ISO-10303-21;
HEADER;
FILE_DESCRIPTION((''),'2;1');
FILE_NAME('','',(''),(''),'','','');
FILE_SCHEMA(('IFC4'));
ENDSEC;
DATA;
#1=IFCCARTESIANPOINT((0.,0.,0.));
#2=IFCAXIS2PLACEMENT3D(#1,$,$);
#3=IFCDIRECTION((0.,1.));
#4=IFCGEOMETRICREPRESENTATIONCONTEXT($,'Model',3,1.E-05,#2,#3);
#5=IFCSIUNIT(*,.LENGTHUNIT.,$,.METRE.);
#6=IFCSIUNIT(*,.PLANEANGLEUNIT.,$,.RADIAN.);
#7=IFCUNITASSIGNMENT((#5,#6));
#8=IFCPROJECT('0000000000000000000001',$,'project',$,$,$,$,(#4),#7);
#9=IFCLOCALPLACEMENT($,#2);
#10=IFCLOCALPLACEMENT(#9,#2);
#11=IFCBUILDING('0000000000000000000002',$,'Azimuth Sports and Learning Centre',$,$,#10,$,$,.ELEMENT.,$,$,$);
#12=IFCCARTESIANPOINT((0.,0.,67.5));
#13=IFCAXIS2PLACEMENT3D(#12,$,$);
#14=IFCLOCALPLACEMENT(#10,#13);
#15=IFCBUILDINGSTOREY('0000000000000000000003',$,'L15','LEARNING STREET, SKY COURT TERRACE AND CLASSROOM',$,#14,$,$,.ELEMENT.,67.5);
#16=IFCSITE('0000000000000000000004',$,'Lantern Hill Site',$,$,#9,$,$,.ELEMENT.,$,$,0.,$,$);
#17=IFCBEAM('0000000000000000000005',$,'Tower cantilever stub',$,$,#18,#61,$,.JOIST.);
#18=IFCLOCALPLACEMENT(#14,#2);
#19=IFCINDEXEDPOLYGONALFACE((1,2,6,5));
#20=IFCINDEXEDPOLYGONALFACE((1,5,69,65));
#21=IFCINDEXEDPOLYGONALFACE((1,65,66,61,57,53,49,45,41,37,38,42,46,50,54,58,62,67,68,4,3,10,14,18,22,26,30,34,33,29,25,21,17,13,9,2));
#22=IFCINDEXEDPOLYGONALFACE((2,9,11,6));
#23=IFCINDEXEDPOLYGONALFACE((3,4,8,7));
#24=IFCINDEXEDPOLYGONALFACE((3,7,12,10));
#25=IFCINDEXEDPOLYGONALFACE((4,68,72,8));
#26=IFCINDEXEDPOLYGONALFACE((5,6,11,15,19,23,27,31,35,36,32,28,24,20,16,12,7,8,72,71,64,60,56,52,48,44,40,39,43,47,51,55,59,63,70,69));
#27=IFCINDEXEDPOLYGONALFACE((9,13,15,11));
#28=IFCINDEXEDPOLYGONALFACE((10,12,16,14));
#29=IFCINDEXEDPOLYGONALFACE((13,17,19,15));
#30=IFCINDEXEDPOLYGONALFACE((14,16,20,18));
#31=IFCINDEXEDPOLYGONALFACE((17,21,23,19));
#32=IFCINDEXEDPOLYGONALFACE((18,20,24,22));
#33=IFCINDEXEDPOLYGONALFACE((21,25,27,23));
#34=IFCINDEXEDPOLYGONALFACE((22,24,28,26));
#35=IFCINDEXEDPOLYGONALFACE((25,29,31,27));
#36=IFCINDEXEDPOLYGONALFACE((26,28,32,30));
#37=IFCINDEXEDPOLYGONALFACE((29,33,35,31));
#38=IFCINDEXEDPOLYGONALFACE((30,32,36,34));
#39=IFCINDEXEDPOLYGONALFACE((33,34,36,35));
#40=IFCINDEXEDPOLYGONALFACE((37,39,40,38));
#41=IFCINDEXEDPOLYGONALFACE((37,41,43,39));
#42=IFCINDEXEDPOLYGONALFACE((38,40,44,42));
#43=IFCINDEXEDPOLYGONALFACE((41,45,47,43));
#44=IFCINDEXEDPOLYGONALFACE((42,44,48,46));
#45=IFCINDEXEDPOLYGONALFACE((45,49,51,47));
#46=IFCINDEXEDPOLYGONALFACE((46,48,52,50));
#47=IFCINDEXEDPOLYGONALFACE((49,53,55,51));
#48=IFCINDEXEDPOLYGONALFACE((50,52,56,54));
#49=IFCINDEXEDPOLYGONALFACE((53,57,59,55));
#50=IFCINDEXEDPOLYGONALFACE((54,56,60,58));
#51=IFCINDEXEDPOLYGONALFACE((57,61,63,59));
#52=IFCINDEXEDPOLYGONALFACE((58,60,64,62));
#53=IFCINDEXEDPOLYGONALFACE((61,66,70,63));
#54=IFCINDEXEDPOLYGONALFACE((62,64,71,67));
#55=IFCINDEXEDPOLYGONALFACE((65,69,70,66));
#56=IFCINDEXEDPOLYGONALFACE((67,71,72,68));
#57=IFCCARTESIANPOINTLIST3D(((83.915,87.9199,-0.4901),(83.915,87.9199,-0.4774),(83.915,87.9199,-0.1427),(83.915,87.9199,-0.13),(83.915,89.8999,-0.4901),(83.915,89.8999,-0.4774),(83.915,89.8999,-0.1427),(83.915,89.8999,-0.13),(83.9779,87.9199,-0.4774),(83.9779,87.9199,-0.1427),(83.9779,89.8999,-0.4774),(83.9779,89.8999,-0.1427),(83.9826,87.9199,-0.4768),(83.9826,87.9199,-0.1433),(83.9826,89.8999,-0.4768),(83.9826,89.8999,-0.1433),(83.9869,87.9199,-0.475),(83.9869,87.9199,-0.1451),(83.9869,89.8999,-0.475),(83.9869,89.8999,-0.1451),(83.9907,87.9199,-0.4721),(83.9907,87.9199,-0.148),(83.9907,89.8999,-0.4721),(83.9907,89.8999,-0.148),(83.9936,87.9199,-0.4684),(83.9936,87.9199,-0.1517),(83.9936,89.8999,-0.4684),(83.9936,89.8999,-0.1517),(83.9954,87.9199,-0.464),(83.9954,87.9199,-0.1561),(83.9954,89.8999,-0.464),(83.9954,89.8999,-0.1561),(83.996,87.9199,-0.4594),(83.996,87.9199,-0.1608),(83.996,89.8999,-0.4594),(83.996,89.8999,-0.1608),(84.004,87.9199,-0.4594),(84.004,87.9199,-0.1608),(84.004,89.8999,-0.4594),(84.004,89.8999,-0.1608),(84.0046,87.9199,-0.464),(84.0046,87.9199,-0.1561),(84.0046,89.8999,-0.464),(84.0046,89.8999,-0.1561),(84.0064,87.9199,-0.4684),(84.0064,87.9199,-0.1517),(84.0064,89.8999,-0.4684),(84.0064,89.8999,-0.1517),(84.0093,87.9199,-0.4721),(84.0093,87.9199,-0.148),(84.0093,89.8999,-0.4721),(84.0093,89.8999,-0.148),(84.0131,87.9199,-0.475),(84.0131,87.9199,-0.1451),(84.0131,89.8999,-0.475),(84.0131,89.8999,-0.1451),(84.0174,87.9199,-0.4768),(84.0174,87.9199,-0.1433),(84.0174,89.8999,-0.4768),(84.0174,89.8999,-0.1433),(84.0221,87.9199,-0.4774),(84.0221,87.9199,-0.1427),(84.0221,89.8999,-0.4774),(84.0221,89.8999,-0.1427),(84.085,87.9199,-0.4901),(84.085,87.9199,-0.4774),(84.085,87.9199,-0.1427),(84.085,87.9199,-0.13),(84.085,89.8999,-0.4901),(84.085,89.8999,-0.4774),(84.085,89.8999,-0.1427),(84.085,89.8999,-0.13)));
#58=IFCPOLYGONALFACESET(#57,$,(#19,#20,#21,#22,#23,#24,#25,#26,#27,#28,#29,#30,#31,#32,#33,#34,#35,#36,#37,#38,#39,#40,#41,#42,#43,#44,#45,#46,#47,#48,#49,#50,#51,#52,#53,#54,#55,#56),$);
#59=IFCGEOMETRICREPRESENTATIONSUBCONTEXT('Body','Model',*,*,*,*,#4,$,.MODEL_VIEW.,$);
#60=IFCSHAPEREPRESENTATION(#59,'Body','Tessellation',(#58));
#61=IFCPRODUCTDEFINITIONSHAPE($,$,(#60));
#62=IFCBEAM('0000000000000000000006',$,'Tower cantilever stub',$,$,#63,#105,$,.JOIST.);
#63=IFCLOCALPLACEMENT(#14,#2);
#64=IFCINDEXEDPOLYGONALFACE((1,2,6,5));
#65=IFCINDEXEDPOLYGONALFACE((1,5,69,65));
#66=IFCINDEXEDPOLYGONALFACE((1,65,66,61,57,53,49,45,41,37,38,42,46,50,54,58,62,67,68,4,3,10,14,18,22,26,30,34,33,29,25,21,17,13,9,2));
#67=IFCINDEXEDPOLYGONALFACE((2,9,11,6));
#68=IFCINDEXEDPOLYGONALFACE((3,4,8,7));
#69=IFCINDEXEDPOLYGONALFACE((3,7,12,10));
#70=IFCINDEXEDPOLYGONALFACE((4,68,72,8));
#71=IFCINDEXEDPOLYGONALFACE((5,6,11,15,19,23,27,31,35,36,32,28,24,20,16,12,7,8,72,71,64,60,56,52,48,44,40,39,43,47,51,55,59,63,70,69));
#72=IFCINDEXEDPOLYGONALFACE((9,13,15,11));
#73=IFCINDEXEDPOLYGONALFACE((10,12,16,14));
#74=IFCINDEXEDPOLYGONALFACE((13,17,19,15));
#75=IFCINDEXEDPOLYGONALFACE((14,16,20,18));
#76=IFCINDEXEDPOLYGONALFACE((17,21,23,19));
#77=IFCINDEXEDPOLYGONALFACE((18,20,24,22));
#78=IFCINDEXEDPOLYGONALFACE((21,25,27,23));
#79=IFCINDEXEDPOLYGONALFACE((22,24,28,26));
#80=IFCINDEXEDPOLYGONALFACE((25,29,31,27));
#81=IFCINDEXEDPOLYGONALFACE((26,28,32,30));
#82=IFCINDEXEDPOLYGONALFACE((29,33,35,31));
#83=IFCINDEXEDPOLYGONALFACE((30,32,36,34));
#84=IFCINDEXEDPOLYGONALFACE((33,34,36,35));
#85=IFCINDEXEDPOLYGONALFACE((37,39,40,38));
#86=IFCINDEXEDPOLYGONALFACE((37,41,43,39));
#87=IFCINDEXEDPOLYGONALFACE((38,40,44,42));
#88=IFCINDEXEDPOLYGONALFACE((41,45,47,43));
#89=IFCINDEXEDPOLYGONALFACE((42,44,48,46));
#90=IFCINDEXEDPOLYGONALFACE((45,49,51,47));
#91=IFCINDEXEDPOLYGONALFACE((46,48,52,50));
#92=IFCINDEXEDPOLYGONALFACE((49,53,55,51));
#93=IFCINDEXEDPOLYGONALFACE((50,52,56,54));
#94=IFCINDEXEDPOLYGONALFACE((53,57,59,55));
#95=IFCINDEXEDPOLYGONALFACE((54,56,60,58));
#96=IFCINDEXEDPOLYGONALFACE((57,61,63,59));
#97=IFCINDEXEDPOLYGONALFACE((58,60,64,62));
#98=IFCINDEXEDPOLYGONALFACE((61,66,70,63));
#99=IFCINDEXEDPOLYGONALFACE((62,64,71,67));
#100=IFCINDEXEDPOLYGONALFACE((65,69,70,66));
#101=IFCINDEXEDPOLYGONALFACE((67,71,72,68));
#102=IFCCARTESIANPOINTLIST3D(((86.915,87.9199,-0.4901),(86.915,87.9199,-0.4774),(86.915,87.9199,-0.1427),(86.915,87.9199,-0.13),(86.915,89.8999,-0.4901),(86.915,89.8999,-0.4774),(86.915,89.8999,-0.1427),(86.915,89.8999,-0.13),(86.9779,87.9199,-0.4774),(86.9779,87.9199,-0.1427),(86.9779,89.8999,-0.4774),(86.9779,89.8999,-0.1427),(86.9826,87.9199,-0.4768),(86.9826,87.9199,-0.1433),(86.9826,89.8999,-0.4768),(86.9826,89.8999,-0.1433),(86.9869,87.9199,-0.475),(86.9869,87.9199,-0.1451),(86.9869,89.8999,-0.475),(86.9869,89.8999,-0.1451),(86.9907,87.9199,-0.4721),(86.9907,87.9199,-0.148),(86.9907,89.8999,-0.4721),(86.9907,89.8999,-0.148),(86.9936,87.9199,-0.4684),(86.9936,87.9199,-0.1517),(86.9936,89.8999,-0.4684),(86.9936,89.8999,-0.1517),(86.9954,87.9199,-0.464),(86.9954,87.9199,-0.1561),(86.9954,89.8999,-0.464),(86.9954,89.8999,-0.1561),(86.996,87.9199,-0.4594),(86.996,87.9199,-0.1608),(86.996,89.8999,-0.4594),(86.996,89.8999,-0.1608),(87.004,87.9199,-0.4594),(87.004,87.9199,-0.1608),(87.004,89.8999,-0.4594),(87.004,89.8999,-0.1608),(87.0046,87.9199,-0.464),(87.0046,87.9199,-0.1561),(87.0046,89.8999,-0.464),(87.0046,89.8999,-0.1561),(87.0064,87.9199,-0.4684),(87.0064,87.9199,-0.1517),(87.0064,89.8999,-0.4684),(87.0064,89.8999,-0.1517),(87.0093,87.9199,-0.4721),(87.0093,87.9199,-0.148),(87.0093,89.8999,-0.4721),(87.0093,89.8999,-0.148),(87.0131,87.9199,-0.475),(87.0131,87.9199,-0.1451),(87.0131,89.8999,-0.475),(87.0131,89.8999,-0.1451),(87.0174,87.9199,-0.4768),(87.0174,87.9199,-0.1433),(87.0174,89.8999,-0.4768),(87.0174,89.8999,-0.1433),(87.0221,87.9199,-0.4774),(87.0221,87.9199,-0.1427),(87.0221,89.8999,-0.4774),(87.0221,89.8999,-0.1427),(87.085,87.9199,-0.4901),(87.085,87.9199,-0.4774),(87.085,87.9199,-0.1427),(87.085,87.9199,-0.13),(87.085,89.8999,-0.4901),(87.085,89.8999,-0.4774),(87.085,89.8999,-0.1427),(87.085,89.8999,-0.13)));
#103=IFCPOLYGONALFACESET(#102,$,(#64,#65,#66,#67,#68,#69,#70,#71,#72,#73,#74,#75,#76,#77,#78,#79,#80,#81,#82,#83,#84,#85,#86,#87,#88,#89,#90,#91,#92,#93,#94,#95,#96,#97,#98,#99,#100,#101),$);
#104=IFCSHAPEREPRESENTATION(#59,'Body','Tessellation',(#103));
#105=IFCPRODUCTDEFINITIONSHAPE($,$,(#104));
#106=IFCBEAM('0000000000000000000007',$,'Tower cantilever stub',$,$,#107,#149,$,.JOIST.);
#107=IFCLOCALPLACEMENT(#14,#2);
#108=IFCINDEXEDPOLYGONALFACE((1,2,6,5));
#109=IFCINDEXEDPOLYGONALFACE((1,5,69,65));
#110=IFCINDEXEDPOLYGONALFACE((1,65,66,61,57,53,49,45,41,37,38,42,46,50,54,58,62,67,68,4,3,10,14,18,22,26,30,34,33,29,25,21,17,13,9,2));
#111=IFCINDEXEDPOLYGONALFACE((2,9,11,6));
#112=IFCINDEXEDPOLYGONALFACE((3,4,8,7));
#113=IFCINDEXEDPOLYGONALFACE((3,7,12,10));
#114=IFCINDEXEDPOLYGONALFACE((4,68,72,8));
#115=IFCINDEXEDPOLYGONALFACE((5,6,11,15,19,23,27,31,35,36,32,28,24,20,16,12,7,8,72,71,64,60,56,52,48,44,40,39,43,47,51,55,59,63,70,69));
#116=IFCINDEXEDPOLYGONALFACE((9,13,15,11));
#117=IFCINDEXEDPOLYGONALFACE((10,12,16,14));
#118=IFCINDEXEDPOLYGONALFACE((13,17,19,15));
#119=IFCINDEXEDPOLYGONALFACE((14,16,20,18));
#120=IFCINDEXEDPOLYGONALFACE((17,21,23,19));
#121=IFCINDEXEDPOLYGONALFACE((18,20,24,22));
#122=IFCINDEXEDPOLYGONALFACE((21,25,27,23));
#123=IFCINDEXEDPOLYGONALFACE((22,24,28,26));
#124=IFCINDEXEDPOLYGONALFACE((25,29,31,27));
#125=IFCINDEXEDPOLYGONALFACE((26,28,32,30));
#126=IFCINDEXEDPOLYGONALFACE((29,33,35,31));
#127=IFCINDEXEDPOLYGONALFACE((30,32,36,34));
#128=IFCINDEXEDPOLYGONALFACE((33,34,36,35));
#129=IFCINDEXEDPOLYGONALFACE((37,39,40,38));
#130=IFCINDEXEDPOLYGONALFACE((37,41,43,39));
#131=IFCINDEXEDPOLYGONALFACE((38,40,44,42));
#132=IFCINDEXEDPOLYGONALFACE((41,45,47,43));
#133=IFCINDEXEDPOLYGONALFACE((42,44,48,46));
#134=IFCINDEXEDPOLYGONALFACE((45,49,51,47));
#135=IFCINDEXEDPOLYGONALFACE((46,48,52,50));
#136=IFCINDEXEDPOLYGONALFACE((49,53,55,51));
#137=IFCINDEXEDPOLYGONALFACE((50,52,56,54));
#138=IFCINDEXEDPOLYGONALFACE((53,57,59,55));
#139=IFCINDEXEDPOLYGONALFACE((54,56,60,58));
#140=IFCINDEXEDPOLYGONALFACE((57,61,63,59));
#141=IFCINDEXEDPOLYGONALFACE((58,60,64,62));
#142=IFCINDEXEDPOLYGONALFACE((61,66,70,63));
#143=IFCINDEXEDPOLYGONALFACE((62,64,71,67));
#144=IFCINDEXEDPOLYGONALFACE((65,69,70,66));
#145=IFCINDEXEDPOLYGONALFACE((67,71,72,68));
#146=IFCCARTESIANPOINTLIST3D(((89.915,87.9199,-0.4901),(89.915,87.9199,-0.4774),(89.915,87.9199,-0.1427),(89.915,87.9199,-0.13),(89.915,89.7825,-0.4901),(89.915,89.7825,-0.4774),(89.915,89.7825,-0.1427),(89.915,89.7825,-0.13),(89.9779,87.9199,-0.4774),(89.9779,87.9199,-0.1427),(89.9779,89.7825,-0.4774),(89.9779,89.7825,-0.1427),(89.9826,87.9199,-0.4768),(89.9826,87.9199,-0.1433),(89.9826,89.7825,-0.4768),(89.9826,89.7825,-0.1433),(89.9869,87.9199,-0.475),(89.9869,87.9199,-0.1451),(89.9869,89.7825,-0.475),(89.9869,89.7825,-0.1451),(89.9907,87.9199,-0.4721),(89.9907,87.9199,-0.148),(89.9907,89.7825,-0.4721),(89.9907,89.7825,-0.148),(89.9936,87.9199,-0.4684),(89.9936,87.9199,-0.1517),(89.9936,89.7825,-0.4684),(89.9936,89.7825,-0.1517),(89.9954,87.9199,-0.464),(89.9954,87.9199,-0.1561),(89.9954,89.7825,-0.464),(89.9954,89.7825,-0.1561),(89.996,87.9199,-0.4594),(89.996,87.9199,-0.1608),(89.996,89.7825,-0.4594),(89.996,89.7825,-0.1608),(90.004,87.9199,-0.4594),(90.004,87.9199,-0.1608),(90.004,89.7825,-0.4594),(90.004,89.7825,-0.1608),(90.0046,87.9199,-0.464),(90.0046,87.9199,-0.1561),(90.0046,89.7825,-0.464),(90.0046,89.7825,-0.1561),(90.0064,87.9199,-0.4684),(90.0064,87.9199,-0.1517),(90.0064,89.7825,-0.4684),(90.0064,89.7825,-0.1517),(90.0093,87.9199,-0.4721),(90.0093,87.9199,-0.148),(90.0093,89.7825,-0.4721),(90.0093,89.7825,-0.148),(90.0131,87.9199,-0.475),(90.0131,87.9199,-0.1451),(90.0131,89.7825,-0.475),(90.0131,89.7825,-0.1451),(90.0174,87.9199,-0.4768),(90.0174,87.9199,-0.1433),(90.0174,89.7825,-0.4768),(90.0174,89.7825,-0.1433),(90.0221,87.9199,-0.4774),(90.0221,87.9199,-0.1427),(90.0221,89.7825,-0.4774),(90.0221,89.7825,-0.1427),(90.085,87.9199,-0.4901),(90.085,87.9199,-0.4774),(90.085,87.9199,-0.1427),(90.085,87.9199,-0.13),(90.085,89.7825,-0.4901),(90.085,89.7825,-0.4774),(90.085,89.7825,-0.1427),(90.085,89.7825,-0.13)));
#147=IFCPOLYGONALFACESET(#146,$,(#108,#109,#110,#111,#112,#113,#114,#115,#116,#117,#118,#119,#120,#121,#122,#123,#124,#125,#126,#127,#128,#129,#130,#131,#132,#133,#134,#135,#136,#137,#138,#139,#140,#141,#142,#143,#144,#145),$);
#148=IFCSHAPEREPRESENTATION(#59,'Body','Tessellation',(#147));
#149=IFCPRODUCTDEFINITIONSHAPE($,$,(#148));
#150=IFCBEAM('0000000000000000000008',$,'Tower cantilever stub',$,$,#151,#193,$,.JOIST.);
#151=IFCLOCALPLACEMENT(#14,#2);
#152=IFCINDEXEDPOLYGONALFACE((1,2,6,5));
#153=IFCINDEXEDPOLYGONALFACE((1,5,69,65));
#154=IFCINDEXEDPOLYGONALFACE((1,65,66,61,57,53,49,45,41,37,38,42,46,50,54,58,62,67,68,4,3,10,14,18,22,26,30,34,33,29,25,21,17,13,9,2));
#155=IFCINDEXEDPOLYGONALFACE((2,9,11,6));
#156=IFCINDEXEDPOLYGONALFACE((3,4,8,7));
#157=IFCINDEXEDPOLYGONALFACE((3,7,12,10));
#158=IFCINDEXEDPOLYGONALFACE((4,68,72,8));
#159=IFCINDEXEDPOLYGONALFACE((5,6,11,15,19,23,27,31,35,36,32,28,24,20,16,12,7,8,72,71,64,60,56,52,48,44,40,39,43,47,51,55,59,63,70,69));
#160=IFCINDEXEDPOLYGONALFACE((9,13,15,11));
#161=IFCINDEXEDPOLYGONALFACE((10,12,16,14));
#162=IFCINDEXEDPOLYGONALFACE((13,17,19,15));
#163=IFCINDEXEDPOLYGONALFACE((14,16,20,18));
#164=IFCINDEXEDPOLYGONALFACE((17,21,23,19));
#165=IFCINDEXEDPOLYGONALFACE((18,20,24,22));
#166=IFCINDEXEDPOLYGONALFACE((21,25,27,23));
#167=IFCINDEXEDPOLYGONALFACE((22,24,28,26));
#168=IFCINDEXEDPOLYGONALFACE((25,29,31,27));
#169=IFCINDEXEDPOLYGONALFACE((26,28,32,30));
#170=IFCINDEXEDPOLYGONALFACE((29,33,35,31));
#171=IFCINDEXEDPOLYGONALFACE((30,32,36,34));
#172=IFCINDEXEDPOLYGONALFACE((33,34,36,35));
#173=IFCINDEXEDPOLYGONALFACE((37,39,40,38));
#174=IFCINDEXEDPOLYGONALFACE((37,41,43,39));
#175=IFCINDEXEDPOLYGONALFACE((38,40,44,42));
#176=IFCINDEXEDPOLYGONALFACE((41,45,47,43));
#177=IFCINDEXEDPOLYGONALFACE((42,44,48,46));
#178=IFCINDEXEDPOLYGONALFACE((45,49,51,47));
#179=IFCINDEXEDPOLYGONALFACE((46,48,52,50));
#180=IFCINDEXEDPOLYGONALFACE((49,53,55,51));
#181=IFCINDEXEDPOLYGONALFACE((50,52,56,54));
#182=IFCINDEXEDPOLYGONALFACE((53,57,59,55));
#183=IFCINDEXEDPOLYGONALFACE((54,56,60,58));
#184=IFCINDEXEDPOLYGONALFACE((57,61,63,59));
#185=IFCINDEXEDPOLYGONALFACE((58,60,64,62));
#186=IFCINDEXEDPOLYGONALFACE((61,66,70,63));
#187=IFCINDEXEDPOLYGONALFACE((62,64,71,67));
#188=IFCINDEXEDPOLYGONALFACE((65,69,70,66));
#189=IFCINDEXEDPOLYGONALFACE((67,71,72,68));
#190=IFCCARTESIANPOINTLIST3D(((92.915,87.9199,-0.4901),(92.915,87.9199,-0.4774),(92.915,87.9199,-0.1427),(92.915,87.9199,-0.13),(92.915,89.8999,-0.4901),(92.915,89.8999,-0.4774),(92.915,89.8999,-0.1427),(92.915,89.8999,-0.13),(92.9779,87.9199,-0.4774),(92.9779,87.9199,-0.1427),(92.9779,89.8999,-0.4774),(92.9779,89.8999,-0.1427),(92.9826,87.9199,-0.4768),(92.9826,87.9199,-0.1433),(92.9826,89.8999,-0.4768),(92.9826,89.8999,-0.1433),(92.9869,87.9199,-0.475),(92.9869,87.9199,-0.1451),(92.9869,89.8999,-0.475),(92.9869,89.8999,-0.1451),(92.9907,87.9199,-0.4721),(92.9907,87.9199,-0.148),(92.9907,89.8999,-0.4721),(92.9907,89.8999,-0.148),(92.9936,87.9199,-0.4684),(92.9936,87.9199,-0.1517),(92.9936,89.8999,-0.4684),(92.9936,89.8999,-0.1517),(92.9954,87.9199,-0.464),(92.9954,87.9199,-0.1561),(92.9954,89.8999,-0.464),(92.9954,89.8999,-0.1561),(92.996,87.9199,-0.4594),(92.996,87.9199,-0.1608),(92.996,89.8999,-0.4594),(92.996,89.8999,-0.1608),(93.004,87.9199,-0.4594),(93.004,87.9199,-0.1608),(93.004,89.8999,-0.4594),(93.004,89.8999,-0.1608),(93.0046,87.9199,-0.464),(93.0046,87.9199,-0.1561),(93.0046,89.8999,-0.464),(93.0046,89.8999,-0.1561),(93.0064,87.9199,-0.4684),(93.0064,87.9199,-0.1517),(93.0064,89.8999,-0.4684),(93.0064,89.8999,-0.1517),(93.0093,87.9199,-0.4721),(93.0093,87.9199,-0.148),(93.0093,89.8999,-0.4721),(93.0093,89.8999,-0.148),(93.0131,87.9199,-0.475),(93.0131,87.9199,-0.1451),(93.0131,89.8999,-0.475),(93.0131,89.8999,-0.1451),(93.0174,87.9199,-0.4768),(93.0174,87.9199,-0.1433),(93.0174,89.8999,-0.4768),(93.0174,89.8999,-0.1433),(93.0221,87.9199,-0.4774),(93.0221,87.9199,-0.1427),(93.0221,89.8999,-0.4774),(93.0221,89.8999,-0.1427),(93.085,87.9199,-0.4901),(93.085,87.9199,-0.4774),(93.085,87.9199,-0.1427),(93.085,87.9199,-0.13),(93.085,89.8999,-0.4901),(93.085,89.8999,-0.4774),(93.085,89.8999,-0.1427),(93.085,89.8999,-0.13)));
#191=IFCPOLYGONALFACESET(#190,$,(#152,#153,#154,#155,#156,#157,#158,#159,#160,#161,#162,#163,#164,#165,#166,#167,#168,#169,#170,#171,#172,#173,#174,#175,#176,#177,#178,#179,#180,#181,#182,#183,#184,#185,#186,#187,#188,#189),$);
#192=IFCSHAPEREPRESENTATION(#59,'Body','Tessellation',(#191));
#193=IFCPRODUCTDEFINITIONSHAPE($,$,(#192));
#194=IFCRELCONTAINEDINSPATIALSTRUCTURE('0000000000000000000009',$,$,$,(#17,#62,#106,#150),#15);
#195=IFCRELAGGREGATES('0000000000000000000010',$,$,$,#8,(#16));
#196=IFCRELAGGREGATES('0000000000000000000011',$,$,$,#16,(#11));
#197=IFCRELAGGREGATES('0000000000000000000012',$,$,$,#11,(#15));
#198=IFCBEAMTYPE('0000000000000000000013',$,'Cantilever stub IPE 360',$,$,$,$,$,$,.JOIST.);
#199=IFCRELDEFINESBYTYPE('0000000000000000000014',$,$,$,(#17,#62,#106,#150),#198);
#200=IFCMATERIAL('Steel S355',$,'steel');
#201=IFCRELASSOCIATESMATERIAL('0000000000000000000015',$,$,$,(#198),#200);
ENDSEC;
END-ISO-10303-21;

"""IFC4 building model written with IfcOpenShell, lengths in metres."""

from ifc_helpers import new_model, si_unit, direction, frame, origin, origin_2d, place, context, subcontext, project, spatial, i_section, extrude, material, material_profile, profile_set, type_object, element, save


model = new_model("IFC4")

# Units and contexts
model_context = context("Model", 3, precision=1e-05, world=origin(), true_north=direction((0.0, 1.0)))
body_context = subcontext(model_context, "Body", "Model", "MODEL_VIEW")
ifc_project = project(units=[si_unit("LENGTHUNIT", "METRE"), si_unit("PLANEANGLEUNIT", "RADIAN")], contexts=[model_context])

# Site, building, storey
site_placement = place(None, origin())
site = spatial("IfcSite", under=ifc_project, at=site_placement, Name="Lantern Hill Site", CompositionType="ELEMENT", RefElevation=0.0)
building_placement = place(site_placement, origin())
building = spatial("IfcBuilding", under=site, at=building_placement, Name="Azimuth Sports and Learning Centre", CompositionType="ELEMENT")
storey_placement = place(building_placement, frame((0.0, 0.0, 67.5)))
storey = spatial("IfcBuildingStorey", under=building, at=storey_placement, Name="L15", Description="LEARNING STREET, SKY COURT TERRACE AND CLASSROOM", CompositionType="ELEMENT", Elevation=67.5)

# Beams
ifc_material_1 = material(Name="Steel S355", Category="steel")
ifc_material_profile_1 = material_profile(ifc_material_1, i_section(OverallWidth=0.1699, OverallDepth=0.3601, WebThickness=0.0081, FlangeThickness=0.0127, FilletRadius=0.0181, at=origin_2d()), Name="IPE 360")
ifc_profile_set_1 = profile_set([ifc_material_profile_1], Name="Steel S355")
beam_type_1 = type_object("IfcBeamType", Name="Cantilever stub IPE 360", PredefinedType="JOIST", material=ifc_profile_set_1)
for number, where, z_axis, x_axis, name in (
    (1, (84.0, 89.8999, -0.3101), (0.0, -1.0, 0.0), (1.0, 0.0, 0.0), "Tower cantilever stub"),
    (2, (87.0, 89.8999, -0.3101), (0.0, -1.0, 0.0), (1.0, 0.0, 0.0), "Tower cantilever stub"),
):
    element("IfcBeam", number, at=place(storey_placement, frame(where, z_axis=z_axis, x_axis=x_axis)), inside=storey, type_object=beam_type_1, Name=name, PredefinedType="JOIST", context=body_context, shape_type="SweptSolid", body=[
        extrude(i_section(OverallWidth=0.1699, OverallDepth=0.3601, WebThickness=0.0081, FlangeThickness=0.0127, FilletRadius=0.0181, at=origin_2d()), origin(), (0.0, 0.0, 1.0), 1.98),
    ])
beam_1_placement = place(storey_placement, frame((90.0, 89.7825, -0.3101), z_axis=(0.0, -1.0, 0.0), x_axis=(1.0, 0.0, 0.0)))
element("IfcBeam", 3, at=beam_1_placement, inside=storey, type_object=beam_type_1, Name="Tower cantilever stub", PredefinedType="JOIST", context=body_context, shape_type="SweptSolid", body=[
    extrude(i_section(OverallWidth=0.1699, OverallDepth=0.3601, WebThickness=0.0081, FlangeThickness=0.0127, FilletRadius=0.0181, at=origin_2d()), origin(), (0.0, 0.0, 1.0), 1.8625),
])
beam_2_placement = place(storey_placement, frame((93.0, 89.8999, -0.3101), z_axis=(0.0, -1.0, 0.0), x_axis=(1.0, 0.0, 0.0)))
element("IfcBeam", 4, at=beam_2_placement, inside=storey, type_object=beam_type_1, Name="Tower cantilever stub", PredefinedType="JOIST", context=body_context, shape_type="SweptSolid", body=[
    extrude(i_section(OverallWidth=0.1699, OverallDepth=0.3601, WebThickness=0.0081, FlangeThickness=0.0127, FilletRadius=0.0181, at=origin_2d()), origin(), (0.0, 0.0, 1.0), 1.98),
])

save(model, "model.ifc")
